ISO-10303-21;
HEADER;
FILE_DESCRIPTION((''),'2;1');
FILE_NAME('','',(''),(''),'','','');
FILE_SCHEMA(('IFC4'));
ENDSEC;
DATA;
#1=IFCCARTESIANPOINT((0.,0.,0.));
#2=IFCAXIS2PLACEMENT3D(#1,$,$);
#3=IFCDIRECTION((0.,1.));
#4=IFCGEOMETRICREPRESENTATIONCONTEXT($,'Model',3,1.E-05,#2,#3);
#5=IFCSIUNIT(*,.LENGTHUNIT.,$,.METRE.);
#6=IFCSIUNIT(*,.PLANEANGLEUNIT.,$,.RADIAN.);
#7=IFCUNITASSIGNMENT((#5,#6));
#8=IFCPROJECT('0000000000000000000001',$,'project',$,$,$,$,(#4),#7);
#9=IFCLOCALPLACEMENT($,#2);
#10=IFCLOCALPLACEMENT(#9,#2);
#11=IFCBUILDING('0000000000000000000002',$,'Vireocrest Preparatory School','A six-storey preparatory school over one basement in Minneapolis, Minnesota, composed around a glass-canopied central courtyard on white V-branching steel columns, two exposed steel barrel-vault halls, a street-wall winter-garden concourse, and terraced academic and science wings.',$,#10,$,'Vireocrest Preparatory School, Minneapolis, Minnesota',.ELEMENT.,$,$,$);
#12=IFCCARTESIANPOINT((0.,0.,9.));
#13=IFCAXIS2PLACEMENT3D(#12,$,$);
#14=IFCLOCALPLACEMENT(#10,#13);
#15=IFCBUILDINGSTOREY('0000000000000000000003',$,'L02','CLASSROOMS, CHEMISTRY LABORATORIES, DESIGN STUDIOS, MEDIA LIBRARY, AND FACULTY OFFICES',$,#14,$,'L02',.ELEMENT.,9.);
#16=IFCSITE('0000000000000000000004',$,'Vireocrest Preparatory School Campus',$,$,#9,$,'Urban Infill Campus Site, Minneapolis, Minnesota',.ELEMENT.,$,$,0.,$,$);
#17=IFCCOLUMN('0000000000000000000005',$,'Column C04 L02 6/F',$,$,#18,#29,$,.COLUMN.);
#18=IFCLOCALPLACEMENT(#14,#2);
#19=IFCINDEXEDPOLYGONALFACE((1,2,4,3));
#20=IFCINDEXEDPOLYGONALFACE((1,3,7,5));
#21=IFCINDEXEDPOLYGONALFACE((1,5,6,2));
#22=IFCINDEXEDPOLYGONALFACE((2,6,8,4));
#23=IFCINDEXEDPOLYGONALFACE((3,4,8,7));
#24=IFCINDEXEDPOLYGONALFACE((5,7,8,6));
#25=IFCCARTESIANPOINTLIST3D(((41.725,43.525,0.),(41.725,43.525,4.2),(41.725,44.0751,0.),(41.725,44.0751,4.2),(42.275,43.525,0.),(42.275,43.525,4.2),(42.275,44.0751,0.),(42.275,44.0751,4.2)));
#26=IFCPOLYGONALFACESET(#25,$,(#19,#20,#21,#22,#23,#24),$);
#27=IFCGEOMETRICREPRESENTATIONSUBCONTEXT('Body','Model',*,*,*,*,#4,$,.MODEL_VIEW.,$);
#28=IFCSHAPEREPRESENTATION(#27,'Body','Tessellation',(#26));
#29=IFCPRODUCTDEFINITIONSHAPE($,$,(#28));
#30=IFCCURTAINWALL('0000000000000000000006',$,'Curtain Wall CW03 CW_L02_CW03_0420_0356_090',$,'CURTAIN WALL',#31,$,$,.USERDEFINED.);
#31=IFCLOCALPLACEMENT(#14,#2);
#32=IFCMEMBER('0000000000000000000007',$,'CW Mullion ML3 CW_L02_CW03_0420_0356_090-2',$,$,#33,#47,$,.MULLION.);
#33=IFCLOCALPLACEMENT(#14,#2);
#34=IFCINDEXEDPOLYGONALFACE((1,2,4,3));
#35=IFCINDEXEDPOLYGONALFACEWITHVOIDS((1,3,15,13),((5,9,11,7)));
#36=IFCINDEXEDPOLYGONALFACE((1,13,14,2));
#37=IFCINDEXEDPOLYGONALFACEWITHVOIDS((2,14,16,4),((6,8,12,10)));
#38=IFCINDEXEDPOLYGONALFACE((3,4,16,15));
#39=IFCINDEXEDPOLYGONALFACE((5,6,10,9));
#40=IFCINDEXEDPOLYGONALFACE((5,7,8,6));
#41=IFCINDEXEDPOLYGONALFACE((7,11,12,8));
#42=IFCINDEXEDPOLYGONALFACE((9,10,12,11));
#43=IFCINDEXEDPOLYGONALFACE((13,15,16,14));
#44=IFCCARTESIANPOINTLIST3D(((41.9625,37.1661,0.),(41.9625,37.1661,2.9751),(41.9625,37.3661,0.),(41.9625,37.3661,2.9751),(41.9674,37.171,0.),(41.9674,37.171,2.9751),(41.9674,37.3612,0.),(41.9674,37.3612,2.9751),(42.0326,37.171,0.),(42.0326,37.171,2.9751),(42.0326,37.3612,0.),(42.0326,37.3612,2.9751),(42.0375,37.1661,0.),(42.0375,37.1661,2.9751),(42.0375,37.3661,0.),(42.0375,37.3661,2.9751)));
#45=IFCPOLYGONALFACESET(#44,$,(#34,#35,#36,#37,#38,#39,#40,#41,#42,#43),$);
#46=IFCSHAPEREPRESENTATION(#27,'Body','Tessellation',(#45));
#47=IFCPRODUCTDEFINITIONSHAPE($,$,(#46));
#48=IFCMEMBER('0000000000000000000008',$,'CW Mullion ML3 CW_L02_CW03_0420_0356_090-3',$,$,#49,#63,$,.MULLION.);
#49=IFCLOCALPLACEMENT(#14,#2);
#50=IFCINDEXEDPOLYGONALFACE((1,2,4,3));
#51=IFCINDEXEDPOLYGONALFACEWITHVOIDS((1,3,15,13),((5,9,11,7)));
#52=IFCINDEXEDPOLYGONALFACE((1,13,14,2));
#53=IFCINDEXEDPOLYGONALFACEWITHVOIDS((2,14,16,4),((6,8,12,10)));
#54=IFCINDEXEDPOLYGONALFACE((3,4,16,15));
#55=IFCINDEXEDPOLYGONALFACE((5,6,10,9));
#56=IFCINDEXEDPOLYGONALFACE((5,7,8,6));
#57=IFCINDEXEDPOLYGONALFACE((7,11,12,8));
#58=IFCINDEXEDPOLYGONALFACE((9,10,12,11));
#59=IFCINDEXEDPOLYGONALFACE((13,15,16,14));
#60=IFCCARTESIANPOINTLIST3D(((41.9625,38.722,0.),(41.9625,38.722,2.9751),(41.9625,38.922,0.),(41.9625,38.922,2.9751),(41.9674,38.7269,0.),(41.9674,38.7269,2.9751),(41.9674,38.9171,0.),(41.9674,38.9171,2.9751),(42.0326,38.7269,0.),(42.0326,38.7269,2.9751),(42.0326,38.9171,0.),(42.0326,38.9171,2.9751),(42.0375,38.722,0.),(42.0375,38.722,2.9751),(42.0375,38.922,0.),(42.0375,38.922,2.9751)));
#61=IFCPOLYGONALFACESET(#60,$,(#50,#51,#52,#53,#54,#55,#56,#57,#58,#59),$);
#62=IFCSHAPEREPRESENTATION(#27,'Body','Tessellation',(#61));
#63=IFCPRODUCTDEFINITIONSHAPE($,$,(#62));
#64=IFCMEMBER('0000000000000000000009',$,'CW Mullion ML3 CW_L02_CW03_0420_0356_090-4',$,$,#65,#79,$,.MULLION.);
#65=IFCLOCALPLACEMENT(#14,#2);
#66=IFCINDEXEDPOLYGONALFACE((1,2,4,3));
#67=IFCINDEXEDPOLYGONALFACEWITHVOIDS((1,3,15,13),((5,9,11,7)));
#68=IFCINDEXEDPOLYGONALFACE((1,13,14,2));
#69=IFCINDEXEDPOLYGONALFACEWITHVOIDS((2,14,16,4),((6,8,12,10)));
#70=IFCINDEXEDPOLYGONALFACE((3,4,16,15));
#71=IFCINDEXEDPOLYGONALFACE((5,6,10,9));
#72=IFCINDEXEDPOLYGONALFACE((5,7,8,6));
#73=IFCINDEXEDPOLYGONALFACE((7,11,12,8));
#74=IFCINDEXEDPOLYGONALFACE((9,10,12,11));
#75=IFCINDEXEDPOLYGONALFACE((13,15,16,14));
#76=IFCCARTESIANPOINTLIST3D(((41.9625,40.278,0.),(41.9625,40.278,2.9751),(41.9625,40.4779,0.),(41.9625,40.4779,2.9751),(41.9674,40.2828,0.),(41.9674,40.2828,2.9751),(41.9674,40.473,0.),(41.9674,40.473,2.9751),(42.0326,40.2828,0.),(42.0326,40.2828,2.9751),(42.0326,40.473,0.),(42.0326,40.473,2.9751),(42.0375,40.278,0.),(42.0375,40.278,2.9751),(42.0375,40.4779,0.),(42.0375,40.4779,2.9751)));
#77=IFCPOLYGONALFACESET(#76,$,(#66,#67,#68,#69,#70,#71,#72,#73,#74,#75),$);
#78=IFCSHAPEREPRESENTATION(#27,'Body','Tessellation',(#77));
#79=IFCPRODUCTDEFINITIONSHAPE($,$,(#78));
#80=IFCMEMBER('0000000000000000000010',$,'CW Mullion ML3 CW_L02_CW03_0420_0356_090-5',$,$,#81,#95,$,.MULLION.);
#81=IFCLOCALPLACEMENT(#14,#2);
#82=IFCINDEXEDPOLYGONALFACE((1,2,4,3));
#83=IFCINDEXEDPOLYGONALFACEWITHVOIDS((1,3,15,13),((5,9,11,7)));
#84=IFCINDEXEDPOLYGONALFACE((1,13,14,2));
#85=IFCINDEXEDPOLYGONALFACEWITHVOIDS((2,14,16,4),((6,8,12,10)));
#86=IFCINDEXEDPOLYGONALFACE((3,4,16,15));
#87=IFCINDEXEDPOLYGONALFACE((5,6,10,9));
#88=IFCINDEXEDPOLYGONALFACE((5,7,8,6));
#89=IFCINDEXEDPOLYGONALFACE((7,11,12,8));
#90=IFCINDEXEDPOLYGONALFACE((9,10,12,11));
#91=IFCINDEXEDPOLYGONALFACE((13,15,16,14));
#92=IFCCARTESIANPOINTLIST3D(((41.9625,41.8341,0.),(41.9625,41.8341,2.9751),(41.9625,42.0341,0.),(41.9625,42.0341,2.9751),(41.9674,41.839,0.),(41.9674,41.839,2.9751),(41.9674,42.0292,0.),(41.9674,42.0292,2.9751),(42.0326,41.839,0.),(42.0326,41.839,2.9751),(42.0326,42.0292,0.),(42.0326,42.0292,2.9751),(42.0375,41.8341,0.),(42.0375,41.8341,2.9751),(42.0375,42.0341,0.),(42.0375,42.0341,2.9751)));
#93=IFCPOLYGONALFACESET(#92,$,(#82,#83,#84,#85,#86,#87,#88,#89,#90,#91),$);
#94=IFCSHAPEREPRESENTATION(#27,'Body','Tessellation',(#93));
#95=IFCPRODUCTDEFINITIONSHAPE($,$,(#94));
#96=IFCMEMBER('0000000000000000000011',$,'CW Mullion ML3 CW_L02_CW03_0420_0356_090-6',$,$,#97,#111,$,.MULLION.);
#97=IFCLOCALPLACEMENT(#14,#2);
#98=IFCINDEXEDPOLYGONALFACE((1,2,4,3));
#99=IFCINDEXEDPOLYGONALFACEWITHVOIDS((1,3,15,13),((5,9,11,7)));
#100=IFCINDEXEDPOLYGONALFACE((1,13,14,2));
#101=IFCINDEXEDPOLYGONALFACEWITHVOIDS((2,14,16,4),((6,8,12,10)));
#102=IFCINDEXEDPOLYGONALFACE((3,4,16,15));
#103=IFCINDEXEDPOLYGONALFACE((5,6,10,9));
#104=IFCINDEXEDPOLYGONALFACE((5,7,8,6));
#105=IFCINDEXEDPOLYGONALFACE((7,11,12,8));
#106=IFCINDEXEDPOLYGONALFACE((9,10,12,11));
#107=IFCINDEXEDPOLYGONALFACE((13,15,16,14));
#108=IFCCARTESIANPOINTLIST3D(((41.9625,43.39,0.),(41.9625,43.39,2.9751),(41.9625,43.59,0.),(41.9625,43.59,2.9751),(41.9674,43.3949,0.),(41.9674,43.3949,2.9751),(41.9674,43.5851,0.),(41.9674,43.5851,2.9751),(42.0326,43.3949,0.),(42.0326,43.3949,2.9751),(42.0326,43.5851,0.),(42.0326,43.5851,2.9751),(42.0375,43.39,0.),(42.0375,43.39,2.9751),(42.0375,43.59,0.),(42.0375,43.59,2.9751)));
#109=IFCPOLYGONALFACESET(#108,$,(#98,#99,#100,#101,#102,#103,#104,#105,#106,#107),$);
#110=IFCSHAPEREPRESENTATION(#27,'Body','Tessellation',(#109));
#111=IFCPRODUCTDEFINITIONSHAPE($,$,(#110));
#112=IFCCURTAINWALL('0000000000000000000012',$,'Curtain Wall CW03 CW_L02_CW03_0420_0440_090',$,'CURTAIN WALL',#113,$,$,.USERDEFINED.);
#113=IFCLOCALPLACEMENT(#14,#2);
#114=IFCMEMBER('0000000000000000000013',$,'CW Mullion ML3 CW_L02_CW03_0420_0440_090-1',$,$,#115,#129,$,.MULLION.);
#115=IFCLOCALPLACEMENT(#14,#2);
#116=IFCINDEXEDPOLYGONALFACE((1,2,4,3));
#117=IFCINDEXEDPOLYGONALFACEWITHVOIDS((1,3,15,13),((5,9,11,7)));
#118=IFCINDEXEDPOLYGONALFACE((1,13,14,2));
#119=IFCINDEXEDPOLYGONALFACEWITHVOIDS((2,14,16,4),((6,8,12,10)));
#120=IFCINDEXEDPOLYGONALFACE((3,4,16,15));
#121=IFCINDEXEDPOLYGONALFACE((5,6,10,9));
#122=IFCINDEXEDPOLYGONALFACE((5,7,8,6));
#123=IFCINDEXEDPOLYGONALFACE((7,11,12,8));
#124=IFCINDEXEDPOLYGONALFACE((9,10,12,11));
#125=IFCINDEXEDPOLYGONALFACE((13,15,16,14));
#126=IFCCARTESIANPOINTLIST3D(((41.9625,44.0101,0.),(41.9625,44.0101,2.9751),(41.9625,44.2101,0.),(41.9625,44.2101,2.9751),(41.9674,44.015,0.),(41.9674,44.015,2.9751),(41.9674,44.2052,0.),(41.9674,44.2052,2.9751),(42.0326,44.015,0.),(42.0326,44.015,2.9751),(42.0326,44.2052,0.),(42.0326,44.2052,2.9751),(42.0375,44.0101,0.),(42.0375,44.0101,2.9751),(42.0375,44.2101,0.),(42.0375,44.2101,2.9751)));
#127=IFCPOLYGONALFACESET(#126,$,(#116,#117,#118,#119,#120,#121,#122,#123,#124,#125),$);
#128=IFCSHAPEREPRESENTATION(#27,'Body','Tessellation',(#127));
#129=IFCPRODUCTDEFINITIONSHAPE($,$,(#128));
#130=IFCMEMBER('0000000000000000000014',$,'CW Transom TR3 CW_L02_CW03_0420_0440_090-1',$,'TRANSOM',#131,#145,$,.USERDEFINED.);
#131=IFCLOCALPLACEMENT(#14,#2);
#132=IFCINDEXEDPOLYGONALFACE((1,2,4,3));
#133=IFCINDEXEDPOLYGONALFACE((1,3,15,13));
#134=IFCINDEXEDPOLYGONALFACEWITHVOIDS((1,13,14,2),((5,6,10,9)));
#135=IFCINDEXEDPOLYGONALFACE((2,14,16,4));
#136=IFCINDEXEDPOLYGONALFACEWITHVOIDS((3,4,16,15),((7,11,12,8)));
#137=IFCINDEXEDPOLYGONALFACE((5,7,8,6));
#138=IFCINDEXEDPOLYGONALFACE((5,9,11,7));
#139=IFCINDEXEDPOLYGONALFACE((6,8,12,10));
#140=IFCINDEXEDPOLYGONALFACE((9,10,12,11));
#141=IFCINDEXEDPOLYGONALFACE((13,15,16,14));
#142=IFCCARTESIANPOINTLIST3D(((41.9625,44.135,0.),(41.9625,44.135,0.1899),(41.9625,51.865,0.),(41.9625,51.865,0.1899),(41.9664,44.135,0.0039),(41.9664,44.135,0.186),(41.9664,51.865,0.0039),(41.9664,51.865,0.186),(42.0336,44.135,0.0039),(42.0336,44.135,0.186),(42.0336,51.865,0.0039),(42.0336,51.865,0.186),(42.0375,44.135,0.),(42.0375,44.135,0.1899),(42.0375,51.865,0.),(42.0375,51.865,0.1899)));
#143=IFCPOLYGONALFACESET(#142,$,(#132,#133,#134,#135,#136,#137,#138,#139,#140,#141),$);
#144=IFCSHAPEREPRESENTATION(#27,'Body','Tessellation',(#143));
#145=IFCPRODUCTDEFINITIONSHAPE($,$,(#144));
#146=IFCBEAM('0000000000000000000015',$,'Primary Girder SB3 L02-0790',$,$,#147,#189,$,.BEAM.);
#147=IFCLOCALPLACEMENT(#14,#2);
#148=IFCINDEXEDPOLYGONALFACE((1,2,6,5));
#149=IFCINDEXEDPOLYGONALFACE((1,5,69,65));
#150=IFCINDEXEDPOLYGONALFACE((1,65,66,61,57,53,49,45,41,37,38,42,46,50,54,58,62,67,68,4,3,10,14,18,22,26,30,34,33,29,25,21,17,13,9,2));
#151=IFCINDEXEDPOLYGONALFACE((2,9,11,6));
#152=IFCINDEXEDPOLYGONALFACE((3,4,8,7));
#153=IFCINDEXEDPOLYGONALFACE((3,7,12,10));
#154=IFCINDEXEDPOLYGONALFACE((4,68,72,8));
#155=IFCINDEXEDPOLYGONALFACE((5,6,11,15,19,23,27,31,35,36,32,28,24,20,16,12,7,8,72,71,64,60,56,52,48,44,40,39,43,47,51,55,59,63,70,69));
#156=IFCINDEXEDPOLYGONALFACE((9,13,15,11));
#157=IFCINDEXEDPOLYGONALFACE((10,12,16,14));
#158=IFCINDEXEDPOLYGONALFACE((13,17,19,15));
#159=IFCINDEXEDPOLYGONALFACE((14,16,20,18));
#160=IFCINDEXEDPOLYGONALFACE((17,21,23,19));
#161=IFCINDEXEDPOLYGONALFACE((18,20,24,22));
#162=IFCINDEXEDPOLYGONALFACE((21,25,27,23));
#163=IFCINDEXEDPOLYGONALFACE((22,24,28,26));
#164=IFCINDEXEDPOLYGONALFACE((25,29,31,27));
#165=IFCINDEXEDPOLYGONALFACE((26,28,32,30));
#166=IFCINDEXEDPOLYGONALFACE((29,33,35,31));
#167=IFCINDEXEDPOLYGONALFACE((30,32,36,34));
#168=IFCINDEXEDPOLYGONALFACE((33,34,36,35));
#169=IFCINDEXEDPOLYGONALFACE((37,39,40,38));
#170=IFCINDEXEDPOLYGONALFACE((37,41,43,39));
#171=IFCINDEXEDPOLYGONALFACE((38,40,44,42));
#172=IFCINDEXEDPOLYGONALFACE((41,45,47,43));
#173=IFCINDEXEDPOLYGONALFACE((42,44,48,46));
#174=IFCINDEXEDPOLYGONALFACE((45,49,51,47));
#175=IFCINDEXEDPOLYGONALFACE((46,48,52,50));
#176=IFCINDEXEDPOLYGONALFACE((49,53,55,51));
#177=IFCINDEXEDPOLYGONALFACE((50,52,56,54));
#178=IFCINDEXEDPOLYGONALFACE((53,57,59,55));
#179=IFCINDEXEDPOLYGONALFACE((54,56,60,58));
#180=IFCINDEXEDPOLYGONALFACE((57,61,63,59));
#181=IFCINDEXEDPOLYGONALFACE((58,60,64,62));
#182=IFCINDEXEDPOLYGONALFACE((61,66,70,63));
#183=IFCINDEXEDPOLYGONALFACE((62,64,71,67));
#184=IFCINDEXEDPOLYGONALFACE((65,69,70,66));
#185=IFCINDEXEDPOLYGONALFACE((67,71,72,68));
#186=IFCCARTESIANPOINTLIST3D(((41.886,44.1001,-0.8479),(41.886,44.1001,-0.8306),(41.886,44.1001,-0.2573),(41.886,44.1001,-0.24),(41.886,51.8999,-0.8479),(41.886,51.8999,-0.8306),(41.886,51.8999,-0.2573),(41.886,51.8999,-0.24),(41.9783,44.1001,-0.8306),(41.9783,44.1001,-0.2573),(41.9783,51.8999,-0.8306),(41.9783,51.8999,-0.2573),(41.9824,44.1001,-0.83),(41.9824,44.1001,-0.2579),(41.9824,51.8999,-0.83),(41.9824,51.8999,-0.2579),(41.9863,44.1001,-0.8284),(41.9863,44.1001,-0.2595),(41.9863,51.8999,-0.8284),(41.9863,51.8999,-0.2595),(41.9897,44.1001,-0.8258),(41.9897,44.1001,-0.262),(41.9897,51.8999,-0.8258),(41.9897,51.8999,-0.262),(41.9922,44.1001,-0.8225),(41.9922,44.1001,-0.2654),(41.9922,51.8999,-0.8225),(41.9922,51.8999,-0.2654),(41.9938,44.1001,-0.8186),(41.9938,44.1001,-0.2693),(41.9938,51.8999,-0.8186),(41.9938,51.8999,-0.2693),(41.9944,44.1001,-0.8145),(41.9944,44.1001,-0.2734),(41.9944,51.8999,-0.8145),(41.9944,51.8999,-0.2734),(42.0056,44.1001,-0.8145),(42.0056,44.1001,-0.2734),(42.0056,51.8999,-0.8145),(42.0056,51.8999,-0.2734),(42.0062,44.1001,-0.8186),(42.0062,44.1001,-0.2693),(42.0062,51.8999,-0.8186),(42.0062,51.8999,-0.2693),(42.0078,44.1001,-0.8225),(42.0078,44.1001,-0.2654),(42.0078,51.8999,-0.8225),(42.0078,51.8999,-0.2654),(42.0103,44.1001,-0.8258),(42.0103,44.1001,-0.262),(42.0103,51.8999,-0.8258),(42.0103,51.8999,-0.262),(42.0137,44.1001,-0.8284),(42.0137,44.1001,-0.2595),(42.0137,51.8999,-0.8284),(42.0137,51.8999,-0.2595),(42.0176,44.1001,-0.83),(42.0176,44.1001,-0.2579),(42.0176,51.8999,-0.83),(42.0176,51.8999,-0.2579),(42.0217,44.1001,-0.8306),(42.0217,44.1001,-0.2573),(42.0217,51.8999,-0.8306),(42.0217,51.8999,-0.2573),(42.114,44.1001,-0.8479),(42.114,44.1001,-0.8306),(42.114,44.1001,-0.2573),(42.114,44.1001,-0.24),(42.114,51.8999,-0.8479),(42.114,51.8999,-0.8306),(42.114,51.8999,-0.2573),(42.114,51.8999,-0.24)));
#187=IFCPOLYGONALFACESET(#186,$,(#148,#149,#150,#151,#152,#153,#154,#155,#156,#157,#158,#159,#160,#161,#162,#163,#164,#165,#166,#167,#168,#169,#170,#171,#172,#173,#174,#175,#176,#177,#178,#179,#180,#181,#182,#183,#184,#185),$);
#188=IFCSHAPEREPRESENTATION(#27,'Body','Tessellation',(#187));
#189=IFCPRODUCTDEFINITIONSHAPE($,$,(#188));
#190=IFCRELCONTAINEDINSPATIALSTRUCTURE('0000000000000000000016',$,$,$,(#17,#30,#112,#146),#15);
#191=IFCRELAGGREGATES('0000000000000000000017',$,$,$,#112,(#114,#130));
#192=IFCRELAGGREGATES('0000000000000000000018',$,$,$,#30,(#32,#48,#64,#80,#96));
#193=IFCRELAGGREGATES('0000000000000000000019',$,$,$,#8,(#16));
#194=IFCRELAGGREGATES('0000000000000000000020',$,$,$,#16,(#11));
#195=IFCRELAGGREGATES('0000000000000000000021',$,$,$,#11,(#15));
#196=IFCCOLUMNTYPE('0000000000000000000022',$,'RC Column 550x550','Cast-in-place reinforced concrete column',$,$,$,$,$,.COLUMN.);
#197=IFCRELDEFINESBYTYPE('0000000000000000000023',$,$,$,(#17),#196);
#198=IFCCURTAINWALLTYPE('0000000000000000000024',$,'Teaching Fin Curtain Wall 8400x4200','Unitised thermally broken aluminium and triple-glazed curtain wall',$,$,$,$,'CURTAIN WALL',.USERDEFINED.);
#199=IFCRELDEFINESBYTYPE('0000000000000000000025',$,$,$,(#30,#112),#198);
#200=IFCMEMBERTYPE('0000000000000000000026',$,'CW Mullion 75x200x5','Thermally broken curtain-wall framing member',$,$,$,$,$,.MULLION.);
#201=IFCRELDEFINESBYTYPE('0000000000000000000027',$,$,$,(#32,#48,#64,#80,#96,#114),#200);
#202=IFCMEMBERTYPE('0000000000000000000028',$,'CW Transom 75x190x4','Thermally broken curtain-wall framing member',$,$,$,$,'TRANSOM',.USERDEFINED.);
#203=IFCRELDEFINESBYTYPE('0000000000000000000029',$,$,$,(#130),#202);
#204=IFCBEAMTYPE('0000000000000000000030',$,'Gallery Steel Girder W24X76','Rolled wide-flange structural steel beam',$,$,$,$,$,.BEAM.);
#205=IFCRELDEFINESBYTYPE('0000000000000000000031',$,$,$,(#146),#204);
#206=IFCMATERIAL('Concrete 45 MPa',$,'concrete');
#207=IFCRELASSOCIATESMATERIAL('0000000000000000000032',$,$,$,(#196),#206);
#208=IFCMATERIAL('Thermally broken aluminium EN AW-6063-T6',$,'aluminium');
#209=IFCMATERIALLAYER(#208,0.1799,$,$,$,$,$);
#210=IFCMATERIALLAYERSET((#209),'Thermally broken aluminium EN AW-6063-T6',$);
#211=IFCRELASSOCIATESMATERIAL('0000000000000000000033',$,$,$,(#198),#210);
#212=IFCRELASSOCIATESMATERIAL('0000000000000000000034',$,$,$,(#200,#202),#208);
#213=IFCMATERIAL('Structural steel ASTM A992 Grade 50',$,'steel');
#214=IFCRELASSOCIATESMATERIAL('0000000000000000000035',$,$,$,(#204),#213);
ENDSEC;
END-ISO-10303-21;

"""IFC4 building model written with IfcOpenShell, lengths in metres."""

from ifc_helpers import new_model, si_unit, direction, frame, origin, origin_2d, place, context, subcontext, project, spatial, rectangle, hollow_rectangle, i_section, extrude, material, layer, layer_set, material_profile, profile_set, type_object, element, aggregate, save


model = new_model("IFC4")

# Units and contexts
model_context = context("Model", 3, precision=1e-05, world=origin(), true_north=direction((0.0, 1.0)))
body_context = subcontext(model_context, "Body", "Model", "MODEL_VIEW")
ifc_project = project(units=[si_unit("LENGTHUNIT", "METRE"), si_unit("PLANEANGLEUNIT", "RADIAN")], contexts=[model_context])

# Site, building, storey
site_placement = place(None, origin())
site = spatial("IfcSite", under=ifc_project, at=site_placement, Name="Vireocrest Preparatory School Campus", LongName="Urban Infill Campus Site, Minneapolis, Minnesota", CompositionType="ELEMENT", RefElevation=0.0)
building_placement = place(site_placement, origin())
building = spatial("IfcBuilding", under=site, at=building_placement, Name="Vireocrest Preparatory School", Description="A six-storey preparatory school over one basement in Minneapolis, Minnesota, composed around a glass-canopied central courtyard on white V-branching steel columns, two exposed steel barrel-vault halls, a street-wall winter-garden concourse, and terraced academic and science wings.", LongName="Vireocrest Preparatory School, Minneapolis, Minnesota", CompositionType="ELEMENT")
storey_placement = place(building_placement, frame((0.0, 0.0, 9.0)))
storey = spatial("IfcBuildingStorey", under=building, at=storey_placement, Name="L02", Description="CLASSROOMS, CHEMISTRY LABORATORIES, DESIGN STUDIOS, MEDIA LIBRARY, AND FACULTY OFFICES", LongName="L02", CompositionType="ELEMENT", Elevation=9.0)

# Column
ifc_material_1 = material(Name="Concrete 45 MPa", Category="concrete")
ifc_material_profile_1 = material_profile(ifc_material_1, rectangle(XDim=0.55, YDim=0.55, at=origin_2d()), Name="RC 550x550")
ifc_profile_set_1 = profile_set([ifc_material_profile_1], Name="Concrete 45 MPa")
column_type = type_object("IfcColumnType", Name="RC Column 550x550", Description="Cast-in-place reinforced concrete column", PredefinedType="COLUMN", material=ifc_profile_set_1)
column_placement = place(storey_placement, frame((42.0, 43.8, 0.0), z_axis=(0.0, 0.0, 1.0), x_axis=(1.0, 0.0, 0.0)))
element("IfcColumn", 1, at=column_placement, inside=storey, type_object=column_type, Name="Column C04 L02 6/F", PredefinedType="COLUMN", context=body_context, shape_type="SweptSolid", body=[
    extrude(rectangle(XDim=0.55, YDim=0.55, at=origin_2d()), origin(), (0.0, 0.0, 1.0), 4.2),
])

# Curtain walls, members
ifc_material_2 = material(Name="Thermally broken aluminium EN AW-6063-T6", Category="aluminium")
ifc_layer_1 = layer(ifc_material_2, 0.1799)
ifc_layer_set_1 = layer_set([ifc_layer_1], Name="Thermally broken aluminium EN AW-6063-T6")
curtain_wall_type = type_object("IfcCurtainWallType", Name="Teaching Fin Curtain Wall 8400x4200", Description="Unitised thermally broken aluminium and triple-glazed curtain wall", ElementType="CURTAIN WALL", PredefinedType="USERDEFINED", material=ifc_layer_set_1)
curtain_wall_1_placement = place(storey_placement, origin())
curtain_wall_1 = element("IfcCurtainWall", 2, at=curtain_wall_1_placement, inside=storey, type_object=curtain_wall_type, Name="Curtain Wall CW03 CW_L02_CW03_0420_0356_090", ObjectType="CURTAIN WALL", PredefinedType="USERDEFINED")
ifc_material_profile_2 = material_profile(ifc_material_2, hollow_rectangle(XDim=0.075, YDim=0.2, WallThickness=0.0049, at=origin_2d()), Name="ALU 75x200x5")
ifc_profile_set_2 = profile_set([ifc_material_profile_2], Name="Thermally broken aluminium EN AW-6063-T6")
member_type_1 = type_object("IfcMemberType", Name="CW Mullion 75x200x5", Description="Thermally broken curtain-wall framing member", PredefinedType="MULLION", material=ifc_profile_set_2)
member_1_placement = place(storey_placement, frame((42.0, 37.2661, 0.0), z_axis=(0.0, 0.0, 1.0), x_axis=(1.0, 0.0, 0.0)))
member_1 = element("IfcMember", 3, at=member_1_placement, type_object=member_type_1, Name="CW Mullion ML3 CW_L02_CW03_0420_0356_090-2", PredefinedType="MULLION", context=body_context, shape_type="SweptSolid", body=[
    extrude(hollow_rectangle(XDim=0.075, YDim=0.2, WallThickness=0.0049, at=origin_2d()), origin(), (0.0, 0.0, 1.0), 2.9751),
])
member_2_placement = place(storey_placement, frame((42.0, 38.822, 0.0), z_axis=(0.0, 0.0, 1.0), x_axis=(1.0, 0.0, 0.0)))
member_2 = element("IfcMember", 4, at=member_2_placement, type_object=member_type_1, Name="CW Mullion ML3 CW_L02_CW03_0420_0356_090-3", PredefinedType="MULLION", context=body_context, shape_type="SweptSolid", body=[
    extrude(hollow_rectangle(XDim=0.075, YDim=0.2, WallThickness=0.0049, at=origin_2d()), origin(), (0.0, 0.0, 1.0), 2.9751),
])
member_3_placement = place(storey_placement, frame((42.0, 40.3779, 0.0), z_axis=(0.0, 0.0, 1.0), x_axis=(1.0, 0.0, 0.0)))
member_3 = element("IfcMember", 5, at=member_3_placement, type_object=member_type_1, Name="CW Mullion ML3 CW_L02_CW03_0420_0356_090-4", PredefinedType="MULLION", context=body_context, shape_type="SweptSolid", body=[
    extrude(hollow_rectangle(XDim=0.075, YDim=0.2, WallThickness=0.0049, at=origin_2d()), origin(), (0.0, 0.0, 1.0), 2.9751),
])
member_4_placement = place(storey_placement, frame((42.0, 41.9341, 0.0), z_axis=(0.0, 0.0, 1.0), x_axis=(1.0, 0.0, 0.0)))
member_4 = element("IfcMember", 6, at=member_4_placement, type_object=member_type_1, Name="CW Mullion ML3 CW_L02_CW03_0420_0356_090-5", PredefinedType="MULLION", context=body_context, shape_type="SweptSolid", body=[
    extrude(hollow_rectangle(XDim=0.075, YDim=0.2, WallThickness=0.0049, at=origin_2d()), origin(), (0.0, 0.0, 1.0), 2.9751),
])
member_5_placement = place(storey_placement, frame((42.0, 43.49, 0.0), z_axis=(0.0, 0.0, 1.0), x_axis=(1.0, 0.0, 0.0)))
member_5 = element("IfcMember", 7, at=member_5_placement, type_object=member_type_1, Name="CW Mullion ML3 CW_L02_CW03_0420_0356_090-6", PredefinedType="MULLION", context=body_context, shape_type="SweptSolid", body=[
    extrude(hollow_rectangle(XDim=0.075, YDim=0.2, WallThickness=0.0049, at=origin_2d()), origin(), (0.0, 0.0, 1.0), 2.9751),
])
curtain_wall_2_placement = place(storey_placement, origin())
curtain_wall_2 = element("IfcCurtainWall", 8, at=curtain_wall_2_placement, inside=storey, type_object=curtain_wall_type, Name="Curtain Wall CW03 CW_L02_CW03_0420_0440_090", ObjectType="CURTAIN WALL", PredefinedType="USERDEFINED")
member_6_placement = place(storey_placement, frame((42.0, 44.1101, 0.0), z_axis=(0.0, 0.0, 1.0), x_axis=(1.0, 0.0, 0.0)))
member_6 = element("IfcMember", 9, at=member_6_placement, type_object=member_type_1, Name="CW Mullion ML3 CW_L02_CW03_0420_0440_090-1", PredefinedType="MULLION", context=body_context, shape_type="SweptSolid", body=[
    extrude(hollow_rectangle(XDim=0.075, YDim=0.2, WallThickness=0.0049, at=origin_2d()), origin(), (0.0, 0.0, 1.0), 2.9751),
])
ifc_material_profile_3 = material_profile(ifc_material_2, hollow_rectangle(XDim=0.075, YDim=0.1899, WallThickness=0.0039, at=origin_2d()), Name="ALU 75x190x4")
ifc_profile_set_3 = profile_set([ifc_material_profile_3], Name="Thermally broken aluminium EN AW-6063-T6")
member_type_2 = type_object("IfcMemberType", Name="CW Transom 75x190x4", Description="Thermally broken curtain-wall framing member", ElementType="TRANSOM", PredefinedType="USERDEFINED", material=ifc_profile_set_3)
member_7_placement = place(storey_placement, frame((42.0, 44.135, 0.095), z_axis=(0.0, 1.0, 0.0), x_axis=(-1.0, 0.0, 0.0)))
member_7 = element("IfcMember", 10, at=member_7_placement, type_object=member_type_2, Name="CW Transom TR3 CW_L02_CW03_0420_0440_090-1", ObjectType="TRANSOM", PredefinedType="USERDEFINED", context=body_context, shape_type="SweptSolid", body=[
    extrude(hollow_rectangle(XDim=0.075, YDim=0.1899, WallThickness=0.0039, at=origin_2d()), origin(), (0.0, 0.0, 1.0), 7.73),
])
aggregate(curtain_wall_2, [member_6, member_7])

# Beam
ifc_material_3 = material(Name="Structural steel ASTM A992 Grade 50", Category="steel")
ifc_material_profile_4 = material_profile(ifc_material_3, i_section(OverallWidth=0.228, OverallDepth=0.6079, WebThickness=0.0112, FlangeThickness=0.0173, FilletRadius=0.0161, at=origin_2d()), Name="W24X76")
ifc_profile_set_4 = profile_set([ifc_material_profile_4], Name="Structural steel ASTM A992 Grade 50")
beam_type = type_object("IfcBeamType", Name="Gallery Steel Girder W24X76", Description="Rolled wide-flange structural steel beam", PredefinedType="BEAM", material=ifc_profile_set_4)
beam_placement = place(storey_placement, frame((42.0, 44.1001, -0.5439), z_axis=(0.0, 1.0, 0.0), x_axis=(-1.0, 0.0, 0.0)))
element("IfcBeam", 11, at=beam_placement, inside=storey, type_object=beam_type, Name="Primary Girder SB3 L02-0790", PredefinedType="BEAM", context=body_context, shape_type="SweptSolid", body=[
    extrude(i_section(OverallWidth=0.228, OverallDepth=0.6079, WebThickness=0.0112, FlangeThickness=0.0173, FilletRadius=0.0161, at=origin_2d()), origin(), (0.0, 0.0, 1.0), 7.7998),
])

aggregate(curtain_wall_1, [member_1, member_2, member_3, member_4, member_5])

save(model, "model.ifc")
